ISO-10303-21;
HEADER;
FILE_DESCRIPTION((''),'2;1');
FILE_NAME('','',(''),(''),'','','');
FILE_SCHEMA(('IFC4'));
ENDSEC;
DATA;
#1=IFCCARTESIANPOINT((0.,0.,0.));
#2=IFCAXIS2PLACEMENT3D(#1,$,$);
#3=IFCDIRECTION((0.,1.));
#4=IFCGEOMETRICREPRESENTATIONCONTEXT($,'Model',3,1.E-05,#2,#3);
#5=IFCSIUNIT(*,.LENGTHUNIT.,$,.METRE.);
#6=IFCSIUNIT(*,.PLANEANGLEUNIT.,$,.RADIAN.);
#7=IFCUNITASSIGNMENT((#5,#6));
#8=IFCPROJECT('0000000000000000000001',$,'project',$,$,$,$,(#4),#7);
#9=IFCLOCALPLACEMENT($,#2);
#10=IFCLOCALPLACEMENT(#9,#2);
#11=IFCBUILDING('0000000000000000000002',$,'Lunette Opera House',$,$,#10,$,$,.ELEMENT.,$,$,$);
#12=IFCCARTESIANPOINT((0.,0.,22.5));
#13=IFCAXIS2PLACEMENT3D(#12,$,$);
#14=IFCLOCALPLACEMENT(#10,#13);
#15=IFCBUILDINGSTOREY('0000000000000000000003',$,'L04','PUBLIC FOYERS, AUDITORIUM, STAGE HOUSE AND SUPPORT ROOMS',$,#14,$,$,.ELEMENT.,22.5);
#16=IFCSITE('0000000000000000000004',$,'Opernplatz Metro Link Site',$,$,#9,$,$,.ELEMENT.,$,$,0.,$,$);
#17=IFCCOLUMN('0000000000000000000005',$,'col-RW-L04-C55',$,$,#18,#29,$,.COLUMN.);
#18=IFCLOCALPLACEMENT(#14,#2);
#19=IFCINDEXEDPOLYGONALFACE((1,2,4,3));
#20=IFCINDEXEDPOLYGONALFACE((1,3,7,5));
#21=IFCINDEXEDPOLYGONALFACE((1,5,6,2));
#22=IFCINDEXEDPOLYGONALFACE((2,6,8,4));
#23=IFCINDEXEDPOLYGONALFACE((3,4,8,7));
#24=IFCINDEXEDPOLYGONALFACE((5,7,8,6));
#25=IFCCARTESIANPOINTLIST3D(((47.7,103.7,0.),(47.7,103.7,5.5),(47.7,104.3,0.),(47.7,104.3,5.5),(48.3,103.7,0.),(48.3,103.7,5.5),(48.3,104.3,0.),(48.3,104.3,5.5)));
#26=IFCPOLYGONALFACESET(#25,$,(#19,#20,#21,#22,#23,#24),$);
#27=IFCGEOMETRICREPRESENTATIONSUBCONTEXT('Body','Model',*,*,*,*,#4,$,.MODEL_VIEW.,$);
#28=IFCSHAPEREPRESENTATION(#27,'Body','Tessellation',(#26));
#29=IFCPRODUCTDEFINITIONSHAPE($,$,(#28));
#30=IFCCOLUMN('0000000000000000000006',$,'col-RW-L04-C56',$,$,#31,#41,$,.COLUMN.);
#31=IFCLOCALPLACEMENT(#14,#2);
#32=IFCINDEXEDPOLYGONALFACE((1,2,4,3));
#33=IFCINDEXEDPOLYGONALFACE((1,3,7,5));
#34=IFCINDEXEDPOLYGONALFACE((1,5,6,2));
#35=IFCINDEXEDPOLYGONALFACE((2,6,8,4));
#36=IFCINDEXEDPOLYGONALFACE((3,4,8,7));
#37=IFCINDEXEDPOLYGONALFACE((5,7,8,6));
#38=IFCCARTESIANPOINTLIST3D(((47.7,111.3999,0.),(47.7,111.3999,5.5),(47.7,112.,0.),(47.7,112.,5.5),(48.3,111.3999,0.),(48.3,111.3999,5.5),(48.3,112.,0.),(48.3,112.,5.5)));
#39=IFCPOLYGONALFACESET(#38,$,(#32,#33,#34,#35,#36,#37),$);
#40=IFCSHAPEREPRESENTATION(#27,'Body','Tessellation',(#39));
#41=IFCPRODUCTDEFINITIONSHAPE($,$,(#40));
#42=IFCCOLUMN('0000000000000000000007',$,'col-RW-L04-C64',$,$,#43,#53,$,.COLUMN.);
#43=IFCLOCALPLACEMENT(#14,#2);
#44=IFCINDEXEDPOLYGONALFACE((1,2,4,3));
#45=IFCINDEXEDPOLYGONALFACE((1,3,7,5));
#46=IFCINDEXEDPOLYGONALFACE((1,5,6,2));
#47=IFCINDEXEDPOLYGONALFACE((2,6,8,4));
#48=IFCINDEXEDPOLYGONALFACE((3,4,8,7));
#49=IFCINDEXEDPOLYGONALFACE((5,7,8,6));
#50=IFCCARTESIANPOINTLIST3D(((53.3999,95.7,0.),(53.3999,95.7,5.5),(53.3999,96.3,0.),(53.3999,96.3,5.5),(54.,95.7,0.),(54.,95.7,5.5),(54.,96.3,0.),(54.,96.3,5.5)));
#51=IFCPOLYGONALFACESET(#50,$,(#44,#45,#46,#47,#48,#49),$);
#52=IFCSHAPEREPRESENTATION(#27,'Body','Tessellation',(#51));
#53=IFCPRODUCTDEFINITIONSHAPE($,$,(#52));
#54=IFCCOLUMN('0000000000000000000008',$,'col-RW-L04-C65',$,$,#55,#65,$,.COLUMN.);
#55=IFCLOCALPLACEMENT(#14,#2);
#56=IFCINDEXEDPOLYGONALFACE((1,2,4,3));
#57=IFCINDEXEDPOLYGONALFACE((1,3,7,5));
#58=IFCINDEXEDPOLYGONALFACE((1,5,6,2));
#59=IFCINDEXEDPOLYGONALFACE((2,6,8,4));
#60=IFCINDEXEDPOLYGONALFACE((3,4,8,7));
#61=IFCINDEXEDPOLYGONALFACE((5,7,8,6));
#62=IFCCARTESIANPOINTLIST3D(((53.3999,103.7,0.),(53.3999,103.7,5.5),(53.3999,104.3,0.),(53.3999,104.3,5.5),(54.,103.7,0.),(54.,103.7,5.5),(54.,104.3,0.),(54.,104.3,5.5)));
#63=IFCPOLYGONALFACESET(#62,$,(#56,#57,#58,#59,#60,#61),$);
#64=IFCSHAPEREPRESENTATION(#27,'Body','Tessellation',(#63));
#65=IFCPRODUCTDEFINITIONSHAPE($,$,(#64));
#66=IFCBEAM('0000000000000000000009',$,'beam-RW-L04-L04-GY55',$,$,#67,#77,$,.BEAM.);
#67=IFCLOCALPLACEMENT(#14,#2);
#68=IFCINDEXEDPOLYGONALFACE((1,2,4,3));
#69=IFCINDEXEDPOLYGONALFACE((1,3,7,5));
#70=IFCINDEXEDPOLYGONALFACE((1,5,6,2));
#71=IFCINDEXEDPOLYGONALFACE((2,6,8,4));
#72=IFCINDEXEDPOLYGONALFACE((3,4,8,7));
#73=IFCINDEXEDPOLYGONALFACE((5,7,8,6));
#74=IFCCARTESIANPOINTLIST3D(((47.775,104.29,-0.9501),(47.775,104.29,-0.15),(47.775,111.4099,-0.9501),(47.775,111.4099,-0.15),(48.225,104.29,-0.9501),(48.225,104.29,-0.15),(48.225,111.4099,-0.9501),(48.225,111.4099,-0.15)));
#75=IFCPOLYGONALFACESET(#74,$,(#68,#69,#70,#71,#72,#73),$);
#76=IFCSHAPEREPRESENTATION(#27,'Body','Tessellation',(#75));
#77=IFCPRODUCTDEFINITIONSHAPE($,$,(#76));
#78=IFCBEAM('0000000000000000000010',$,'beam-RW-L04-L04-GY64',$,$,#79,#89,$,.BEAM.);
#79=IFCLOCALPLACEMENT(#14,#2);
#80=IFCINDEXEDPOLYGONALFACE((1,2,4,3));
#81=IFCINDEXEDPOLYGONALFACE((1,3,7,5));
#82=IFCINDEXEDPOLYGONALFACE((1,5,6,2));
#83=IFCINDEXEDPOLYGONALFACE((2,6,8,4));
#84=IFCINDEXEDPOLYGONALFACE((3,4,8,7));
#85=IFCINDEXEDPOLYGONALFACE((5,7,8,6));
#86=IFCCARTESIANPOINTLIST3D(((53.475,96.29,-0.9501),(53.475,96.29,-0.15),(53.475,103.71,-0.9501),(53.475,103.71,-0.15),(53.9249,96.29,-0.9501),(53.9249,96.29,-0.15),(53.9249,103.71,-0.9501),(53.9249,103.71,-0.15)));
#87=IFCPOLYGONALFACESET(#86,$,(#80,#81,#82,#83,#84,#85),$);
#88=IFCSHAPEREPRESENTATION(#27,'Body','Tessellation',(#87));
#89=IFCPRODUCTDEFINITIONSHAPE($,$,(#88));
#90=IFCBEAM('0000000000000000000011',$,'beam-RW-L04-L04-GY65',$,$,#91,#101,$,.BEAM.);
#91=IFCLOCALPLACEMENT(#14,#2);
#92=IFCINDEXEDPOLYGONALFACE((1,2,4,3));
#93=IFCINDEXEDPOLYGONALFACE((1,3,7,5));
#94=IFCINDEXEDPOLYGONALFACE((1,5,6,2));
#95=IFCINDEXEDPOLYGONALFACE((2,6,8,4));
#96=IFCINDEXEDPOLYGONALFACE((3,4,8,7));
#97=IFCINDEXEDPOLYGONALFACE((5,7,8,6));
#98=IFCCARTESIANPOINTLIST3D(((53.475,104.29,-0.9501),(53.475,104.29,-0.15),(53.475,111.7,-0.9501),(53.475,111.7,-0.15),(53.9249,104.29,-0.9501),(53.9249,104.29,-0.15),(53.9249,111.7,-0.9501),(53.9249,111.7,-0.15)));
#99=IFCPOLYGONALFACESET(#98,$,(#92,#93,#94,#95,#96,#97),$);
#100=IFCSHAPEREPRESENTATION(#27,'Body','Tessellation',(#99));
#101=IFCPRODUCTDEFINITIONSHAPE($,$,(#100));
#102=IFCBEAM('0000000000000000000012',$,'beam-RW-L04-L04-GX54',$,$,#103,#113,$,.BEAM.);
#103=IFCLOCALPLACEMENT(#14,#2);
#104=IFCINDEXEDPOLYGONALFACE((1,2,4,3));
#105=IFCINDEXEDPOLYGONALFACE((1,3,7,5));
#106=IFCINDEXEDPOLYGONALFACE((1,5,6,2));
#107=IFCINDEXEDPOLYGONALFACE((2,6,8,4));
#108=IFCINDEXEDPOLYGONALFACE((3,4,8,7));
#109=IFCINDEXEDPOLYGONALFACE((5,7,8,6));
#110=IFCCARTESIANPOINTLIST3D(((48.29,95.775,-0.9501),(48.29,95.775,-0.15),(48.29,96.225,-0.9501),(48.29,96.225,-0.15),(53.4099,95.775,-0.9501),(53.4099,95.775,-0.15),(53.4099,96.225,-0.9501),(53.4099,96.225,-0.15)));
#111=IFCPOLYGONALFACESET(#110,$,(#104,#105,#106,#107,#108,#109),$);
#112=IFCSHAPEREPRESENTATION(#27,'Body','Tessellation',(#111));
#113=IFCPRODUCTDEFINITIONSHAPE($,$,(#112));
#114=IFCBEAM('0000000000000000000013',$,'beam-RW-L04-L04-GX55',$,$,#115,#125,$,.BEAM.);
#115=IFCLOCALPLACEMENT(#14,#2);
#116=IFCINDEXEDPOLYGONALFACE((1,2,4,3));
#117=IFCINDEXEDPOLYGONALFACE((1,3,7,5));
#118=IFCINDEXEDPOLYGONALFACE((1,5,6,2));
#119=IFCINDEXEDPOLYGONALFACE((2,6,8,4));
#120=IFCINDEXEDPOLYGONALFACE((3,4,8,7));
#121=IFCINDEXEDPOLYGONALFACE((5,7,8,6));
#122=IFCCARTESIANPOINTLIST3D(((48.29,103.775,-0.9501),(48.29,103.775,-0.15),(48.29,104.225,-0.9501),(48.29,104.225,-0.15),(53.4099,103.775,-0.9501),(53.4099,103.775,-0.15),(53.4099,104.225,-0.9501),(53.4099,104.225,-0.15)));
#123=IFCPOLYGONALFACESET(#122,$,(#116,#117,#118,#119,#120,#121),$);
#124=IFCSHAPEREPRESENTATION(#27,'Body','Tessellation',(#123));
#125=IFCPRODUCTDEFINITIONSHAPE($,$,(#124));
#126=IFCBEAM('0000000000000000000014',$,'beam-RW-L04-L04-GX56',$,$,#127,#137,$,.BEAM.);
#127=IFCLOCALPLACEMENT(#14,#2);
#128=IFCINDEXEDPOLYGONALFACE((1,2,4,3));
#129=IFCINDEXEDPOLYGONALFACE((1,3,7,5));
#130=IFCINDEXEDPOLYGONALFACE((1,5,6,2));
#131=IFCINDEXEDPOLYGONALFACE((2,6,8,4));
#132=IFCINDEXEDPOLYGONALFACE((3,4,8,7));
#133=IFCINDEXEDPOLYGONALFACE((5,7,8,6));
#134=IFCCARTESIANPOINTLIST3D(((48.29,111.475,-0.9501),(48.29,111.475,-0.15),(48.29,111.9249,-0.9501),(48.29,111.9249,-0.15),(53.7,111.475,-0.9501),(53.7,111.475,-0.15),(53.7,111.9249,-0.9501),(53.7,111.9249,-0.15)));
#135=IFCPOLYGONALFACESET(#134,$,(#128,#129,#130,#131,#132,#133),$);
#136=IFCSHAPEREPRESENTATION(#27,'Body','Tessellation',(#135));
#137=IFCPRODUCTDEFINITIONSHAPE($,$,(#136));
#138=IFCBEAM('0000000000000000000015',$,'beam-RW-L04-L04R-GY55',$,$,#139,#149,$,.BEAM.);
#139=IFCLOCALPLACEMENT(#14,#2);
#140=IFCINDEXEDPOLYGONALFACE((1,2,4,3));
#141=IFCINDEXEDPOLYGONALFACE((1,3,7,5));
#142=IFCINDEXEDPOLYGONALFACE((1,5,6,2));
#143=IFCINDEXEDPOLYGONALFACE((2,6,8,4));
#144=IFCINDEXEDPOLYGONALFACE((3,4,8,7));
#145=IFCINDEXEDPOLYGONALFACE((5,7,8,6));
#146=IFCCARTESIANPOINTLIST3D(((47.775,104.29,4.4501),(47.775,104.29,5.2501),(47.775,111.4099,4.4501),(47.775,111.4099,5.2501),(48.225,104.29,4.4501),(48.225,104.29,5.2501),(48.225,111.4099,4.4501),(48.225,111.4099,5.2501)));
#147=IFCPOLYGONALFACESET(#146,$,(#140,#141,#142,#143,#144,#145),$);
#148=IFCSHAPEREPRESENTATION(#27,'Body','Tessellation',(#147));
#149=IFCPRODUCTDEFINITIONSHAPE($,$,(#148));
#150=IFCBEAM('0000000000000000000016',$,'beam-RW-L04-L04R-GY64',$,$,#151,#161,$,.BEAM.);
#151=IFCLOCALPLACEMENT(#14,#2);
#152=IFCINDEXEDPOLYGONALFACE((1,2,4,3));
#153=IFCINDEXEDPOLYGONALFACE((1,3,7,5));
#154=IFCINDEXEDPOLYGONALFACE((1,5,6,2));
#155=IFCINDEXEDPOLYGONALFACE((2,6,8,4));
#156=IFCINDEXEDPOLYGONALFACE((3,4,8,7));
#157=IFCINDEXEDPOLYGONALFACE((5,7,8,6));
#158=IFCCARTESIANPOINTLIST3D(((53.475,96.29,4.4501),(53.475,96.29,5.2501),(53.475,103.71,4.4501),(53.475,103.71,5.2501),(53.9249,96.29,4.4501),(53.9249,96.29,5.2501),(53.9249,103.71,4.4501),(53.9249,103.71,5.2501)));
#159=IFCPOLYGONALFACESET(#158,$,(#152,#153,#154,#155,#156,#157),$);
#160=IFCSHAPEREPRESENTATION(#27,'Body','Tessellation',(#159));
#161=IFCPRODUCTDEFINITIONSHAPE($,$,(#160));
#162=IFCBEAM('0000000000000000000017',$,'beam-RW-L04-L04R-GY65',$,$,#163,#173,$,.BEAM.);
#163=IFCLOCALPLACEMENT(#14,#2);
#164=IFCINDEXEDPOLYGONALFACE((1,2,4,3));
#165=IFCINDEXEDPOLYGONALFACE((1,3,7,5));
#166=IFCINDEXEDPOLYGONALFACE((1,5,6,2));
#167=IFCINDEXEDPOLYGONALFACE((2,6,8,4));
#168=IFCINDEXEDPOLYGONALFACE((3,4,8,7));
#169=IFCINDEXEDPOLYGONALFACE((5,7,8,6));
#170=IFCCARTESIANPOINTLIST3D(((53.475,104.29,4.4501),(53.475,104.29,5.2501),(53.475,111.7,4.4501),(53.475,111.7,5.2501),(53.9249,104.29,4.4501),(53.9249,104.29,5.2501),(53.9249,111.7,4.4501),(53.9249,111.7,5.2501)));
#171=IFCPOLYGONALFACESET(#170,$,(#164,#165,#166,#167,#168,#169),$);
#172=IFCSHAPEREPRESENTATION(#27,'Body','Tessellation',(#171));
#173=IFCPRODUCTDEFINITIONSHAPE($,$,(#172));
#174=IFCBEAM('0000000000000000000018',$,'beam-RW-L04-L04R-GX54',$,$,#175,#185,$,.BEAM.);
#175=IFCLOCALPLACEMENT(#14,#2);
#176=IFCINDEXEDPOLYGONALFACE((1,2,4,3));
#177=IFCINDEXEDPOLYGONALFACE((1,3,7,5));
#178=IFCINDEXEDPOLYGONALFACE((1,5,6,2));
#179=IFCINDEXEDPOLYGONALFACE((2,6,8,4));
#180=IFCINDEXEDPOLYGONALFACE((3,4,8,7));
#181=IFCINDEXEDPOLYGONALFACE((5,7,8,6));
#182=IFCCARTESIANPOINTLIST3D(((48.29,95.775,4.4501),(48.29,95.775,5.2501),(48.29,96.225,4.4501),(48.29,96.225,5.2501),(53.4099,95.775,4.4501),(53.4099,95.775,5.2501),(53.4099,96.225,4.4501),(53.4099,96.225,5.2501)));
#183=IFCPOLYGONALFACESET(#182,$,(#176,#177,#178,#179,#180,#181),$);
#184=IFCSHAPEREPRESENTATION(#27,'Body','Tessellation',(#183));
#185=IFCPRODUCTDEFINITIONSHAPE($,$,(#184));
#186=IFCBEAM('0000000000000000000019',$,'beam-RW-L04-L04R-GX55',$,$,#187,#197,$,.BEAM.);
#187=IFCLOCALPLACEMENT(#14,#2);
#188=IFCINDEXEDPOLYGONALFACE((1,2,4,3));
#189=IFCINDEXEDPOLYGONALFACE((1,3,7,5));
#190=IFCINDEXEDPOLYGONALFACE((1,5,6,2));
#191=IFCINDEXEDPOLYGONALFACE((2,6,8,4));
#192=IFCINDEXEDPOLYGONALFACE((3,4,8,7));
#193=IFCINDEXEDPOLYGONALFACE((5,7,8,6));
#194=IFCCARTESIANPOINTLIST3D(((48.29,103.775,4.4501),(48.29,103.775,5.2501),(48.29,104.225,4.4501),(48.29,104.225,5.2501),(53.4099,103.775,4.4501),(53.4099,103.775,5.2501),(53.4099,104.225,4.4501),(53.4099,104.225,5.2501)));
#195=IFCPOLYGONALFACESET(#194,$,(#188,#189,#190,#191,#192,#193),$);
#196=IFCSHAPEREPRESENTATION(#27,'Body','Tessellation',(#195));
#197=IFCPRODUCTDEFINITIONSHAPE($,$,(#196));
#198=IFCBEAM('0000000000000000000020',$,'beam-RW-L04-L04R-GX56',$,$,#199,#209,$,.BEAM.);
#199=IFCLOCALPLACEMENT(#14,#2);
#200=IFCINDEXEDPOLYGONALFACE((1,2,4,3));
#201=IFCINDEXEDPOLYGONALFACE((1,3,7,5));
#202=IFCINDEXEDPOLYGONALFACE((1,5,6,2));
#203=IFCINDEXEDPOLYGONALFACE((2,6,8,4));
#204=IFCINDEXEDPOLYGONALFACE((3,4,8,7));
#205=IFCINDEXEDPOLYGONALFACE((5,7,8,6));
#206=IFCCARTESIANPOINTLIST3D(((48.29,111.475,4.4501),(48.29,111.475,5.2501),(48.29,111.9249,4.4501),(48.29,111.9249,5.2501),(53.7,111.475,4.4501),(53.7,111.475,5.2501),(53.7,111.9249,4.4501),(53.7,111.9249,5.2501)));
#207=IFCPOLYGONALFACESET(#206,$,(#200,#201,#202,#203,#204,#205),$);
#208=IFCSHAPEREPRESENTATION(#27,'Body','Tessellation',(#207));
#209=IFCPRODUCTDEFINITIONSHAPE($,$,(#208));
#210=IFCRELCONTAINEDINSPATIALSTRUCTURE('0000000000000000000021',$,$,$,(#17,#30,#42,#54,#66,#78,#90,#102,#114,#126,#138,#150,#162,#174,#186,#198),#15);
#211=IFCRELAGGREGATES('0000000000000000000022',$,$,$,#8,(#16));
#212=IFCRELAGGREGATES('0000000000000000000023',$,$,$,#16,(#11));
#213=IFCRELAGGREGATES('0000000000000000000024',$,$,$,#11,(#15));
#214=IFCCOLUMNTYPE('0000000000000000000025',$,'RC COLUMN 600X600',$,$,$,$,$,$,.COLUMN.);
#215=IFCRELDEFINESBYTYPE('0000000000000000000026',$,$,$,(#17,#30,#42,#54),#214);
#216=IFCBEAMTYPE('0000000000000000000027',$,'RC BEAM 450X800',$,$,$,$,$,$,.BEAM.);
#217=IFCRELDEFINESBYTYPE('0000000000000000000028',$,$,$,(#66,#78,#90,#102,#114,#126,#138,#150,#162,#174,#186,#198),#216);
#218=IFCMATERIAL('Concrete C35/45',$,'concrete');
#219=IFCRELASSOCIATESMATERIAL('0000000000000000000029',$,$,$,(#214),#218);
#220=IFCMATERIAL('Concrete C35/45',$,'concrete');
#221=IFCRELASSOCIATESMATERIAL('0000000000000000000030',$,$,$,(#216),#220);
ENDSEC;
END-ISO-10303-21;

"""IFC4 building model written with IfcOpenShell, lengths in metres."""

from ifc_helpers import new_model, si_unit, direction, frame, origin, origin_2d, place, context, subcontext, project, spatial, rectangle, extrude, material, material_profile, profile_set, type_object, element, save


model = new_model("IFC4")

# Units and contexts
model_context = context("Model", 3, precision=1e-05, world=origin(), true_north=direction((0.0, 1.0)))
body_context = subcontext(model_context, "Body", "Model", "MODEL_VIEW")
ifc_project = project(units=[si_unit("LENGTHUNIT", "METRE"), si_unit("PLANEANGLEUNIT", "RADIAN")], contexts=[model_context])

# Site, building, storey
site_placement = place(None, origin())
site = spatial("IfcSite", under=ifc_project, at=site_placement, Name="Opernplatz Metro Link Site", CompositionType="ELEMENT", RefElevation=0.0)
building_placement = place(site_placement, origin())
building = spatial("IfcBuilding", under=site, at=building_placement, Name="Lunette Opera House", CompositionType="ELEMENT")
storey_placement = place(building_placement, frame((0.0, 0.0, 22.5)))
storey = spatial("IfcBuildingStorey", under=building, at=storey_placement, Name="L04", Description="PUBLIC FOYERS, AUDITORIUM, STAGE HOUSE AND SUPPORT ROOMS", CompositionType="ELEMENT", Elevation=22.5)

# Columns
ifc_material_1 = material(Name="Concrete C35/45", Category="concrete")
ifc_material_profile_1 = material_profile(ifc_material_1, rectangle(XDim=0.6001, YDim=0.6001, at=origin_2d()), Name="RC COLUMN 600X600")
ifc_profile_set_1 = profile_set([ifc_material_profile_1], Name="Concrete C35/45")
column_type = type_object("IfcColumnType", Name="RC COLUMN 600X600", PredefinedType="COLUMN", material=ifc_profile_set_1)
for number, where, z_axis, x_axis, name in (
    (1, (48.0, 104.0, 0.0), (0.0, 0.0, 1.0), (1.0, 0.0, 0.0), "col-RW-L04-C55"),
    (2, (48.0, 111.7, 0.0), (0.0, 0.0, 1.0), (1.0, 0.0, 0.0), "col-RW-L04-C56"),
    (3, (53.7, 96.0, 0.0), (0.0, 0.0, 1.0), (1.0, 0.0, 0.0), "col-RW-L04-C64"),
    (4, (53.7, 104.0, 0.0), (0.0, 0.0, 1.0), (1.0, 0.0, 0.0), "col-RW-L04-C65"),
):
    element("IfcColumn", number, at=place(storey_placement, frame(where, z_axis=z_axis, x_axis=x_axis)), inside=storey, type_object=column_type, Name=name, PredefinedType="COLUMN", context=body_context, shape_type="SweptSolid", body=[
        extrude(rectangle(XDim=0.6001, YDim=0.6001, at=origin_2d()), origin(), (0.0, 0.0, 1.0), 5.5),
    ])

# Beams
ifc_material_2 = material(Name="Concrete C35/45", Category="concrete")
ifc_material_profile_2 = material_profile(ifc_material_2, rectangle(XDim=0.45, YDim=0.8, at=origin_2d()), Name="RC BEAM 450X800")
ifc_profile_set_2 = profile_set([ifc_material_profile_2], Name="Concrete C35/45")
beam_type_1 = type_object("IfcBeamType", Name="RC BEAM 450X800", PredefinedType="BEAM", material=ifc_profile_set_2)
beam_1_placement = place(storey_placement, frame((48.0, 104.29, -0.55), z_axis=(0.0, 1.0, 0.0), x_axis=(-1.0, 0.0, 0.0)))
element("IfcBeam", 5, at=beam_1_placement, inside=storey, type_object=beam_type_1, Name="beam-RW-L04-L04-GY55", PredefinedType="BEAM", context=body_context, shape_type="SweptSolid", body=[
    extrude(rectangle(XDim=0.45, YDim=0.8, at=origin_2d()), origin(), (0.0, 0.0, 1.0), 7.1199),
])
beam_2_placement = place(storey_placement, frame((53.7, 96.29, -0.55), z_axis=(0.0, 1.0, 0.0), x_axis=(-1.0, 0.0, 0.0)))
element("IfcBeam", 6, at=beam_2_placement, inside=storey, type_object=beam_type_1, Name="beam-RW-L04-L04-GY64", PredefinedType="BEAM", context=body_context, shape_type="SweptSolid", body=[
    extrude(rectangle(XDim=0.45, YDim=0.8, at=origin_2d()), origin(), (0.0, 0.0, 1.0), 7.4199),
])
beam_3_placement = place(storey_placement, frame((53.7, 104.29, -0.55), z_axis=(0.0, 1.0, 0.0), x_axis=(-1.0, 0.0, 0.0)))
element("IfcBeam", 7, at=beam_3_placement, inside=storey, type_object=beam_type_1, Name="beam-RW-L04-L04-GY65", PredefinedType="BEAM", context=body_context, shape_type="SweptSolid", body=[
    extrude(rectangle(XDim=0.45, YDim=0.8, at=origin_2d()), origin(), (0.0, 0.0, 1.0), 7.4099),
])
for number, where, z_axis, x_axis, name in (
    (8, (48.29, 96.0, -0.55), (1.0, 0.0, 0.0), (0.0, 1.0, 0.0), "beam-RW-L04-L04-GX54"),
    (9, (48.29, 104.0, -0.55), (1.0, 0.0, 0.0), (0.0, 1.0, 0.0), "beam-RW-L04-L04-GX55"),
):
    element("IfcBeam", number, at=place(storey_placement, frame(where, z_axis=z_axis, x_axis=x_axis)), inside=storey, type_object=beam_type_1, Name=name, PredefinedType="BEAM", context=body_context, shape_type="SweptSolid", body=[
        extrude(rectangle(XDim=0.45, YDim=0.8, at=origin_2d()), origin(), (0.0, 0.0, 1.0), 5.1199),
    ])
beam_4_placement = place(storey_placement, frame((48.29, 111.7, -0.55), z_axis=(1.0, 0.0, 0.0), x_axis=(0.0, 1.0, 0.0)))
element("IfcBeam", 10, at=beam_4_placement, inside=storey, type_object=beam_type_1, Name="beam-RW-L04-L04-GX56", PredefinedType="BEAM", context=body_context, shape_type="SweptSolid", body=[
    extrude(rectangle(XDim=0.45, YDim=0.8, at=origin_2d()), origin(), (0.0, 0.0, 1.0), 5.4099),
])
beam_5_placement = place(storey_placement, frame((48.0, 104.29, 4.8501), z_axis=(0.0, 1.0, 0.0), x_axis=(-1.0, 0.0, 0.0)))
element("IfcBeam", 11, at=beam_5_placement, inside=storey, type_object=beam_type_1, Name="beam-RW-L04-L04R-GY55", PredefinedType="BEAM", context=body_context, shape_type="SweptSolid", body=[
    extrude(rectangle(XDim=0.45, YDim=0.8, at=origin_2d()), origin(), (0.0, 0.0, 1.0), 7.1199),
])
beam_6_placement = place(storey_placement, frame((53.7, 96.29, 4.8501), z_axis=(0.0, 1.0, 0.0), x_axis=(-1.0, 0.0, 0.0)))
element("IfcBeam", 12, at=beam_6_placement, inside=storey, type_object=beam_type_1, Name="beam-RW-L04-L04R-GY64", PredefinedType="BEAM", context=body_context, shape_type="SweptSolid", body=[
    extrude(rectangle(XDim=0.45, YDim=0.8, at=origin_2d()), origin(), (0.0, 0.0, 1.0), 7.4199),
])
beam_7_placement = place(storey_placement, frame((53.7, 104.29, 4.8501), z_axis=(0.0, 1.0, 0.0), x_axis=(-1.0, 0.0, 0.0)))
element("IfcBeam", 13, at=beam_7_placement, inside=storey, type_object=beam_type_1, Name="beam-RW-L04-L04R-GY65", PredefinedType="BEAM", context=body_context, shape_type="SweptSolid", body=[
    extrude(rectangle(XDim=0.45, YDim=0.8, at=origin_2d()), origin(), (0.0, 0.0, 1.0), 7.4099),
])
for number, where, z_axis, x_axis, name in (
    (14, (48.29, 96.0, 4.8501), (1.0, 0.0, 0.0), (0.0, 1.0, 0.0), "beam-RW-L04-L04R-GX54"),
    (15, (48.29, 104.0, 4.8501), (1.0, 0.0, 0.0), (0.0, 1.0, 0.0), "beam-RW-L04-L04R-GX55"),
):
    element("IfcBeam", number, at=place(storey_placement, frame(where, z_axis=z_axis, x_axis=x_axis)), inside=storey, type_object=beam_type_1, Name=name, PredefinedType="BEAM", context=body_context, shape_type="SweptSolid", body=[
        extrude(rectangle(XDim=0.45, YDim=0.8, at=origin_2d()), origin(), (0.0, 0.0, 1.0), 5.1199),
    ])
beam_8_placement = place(storey_placement, frame((48.29, 111.7, 4.8501), z_axis=(1.0, 0.0, 0.0), x_axis=(0.0, 1.0, 0.0)))
element("IfcBeam", 16, at=beam_8_placement, inside=storey, type_object=beam_type_1, Name="beam-RW-L04-L04R-GX56", PredefinedType="BEAM", context=body_context, shape_type="SweptSolid", body=[
    extrude(rectangle(XDim=0.45, YDim=0.8, at=origin_2d()), origin(), (0.0, 0.0, 1.0), 5.4099),
])

save(model, "model.ifc")
